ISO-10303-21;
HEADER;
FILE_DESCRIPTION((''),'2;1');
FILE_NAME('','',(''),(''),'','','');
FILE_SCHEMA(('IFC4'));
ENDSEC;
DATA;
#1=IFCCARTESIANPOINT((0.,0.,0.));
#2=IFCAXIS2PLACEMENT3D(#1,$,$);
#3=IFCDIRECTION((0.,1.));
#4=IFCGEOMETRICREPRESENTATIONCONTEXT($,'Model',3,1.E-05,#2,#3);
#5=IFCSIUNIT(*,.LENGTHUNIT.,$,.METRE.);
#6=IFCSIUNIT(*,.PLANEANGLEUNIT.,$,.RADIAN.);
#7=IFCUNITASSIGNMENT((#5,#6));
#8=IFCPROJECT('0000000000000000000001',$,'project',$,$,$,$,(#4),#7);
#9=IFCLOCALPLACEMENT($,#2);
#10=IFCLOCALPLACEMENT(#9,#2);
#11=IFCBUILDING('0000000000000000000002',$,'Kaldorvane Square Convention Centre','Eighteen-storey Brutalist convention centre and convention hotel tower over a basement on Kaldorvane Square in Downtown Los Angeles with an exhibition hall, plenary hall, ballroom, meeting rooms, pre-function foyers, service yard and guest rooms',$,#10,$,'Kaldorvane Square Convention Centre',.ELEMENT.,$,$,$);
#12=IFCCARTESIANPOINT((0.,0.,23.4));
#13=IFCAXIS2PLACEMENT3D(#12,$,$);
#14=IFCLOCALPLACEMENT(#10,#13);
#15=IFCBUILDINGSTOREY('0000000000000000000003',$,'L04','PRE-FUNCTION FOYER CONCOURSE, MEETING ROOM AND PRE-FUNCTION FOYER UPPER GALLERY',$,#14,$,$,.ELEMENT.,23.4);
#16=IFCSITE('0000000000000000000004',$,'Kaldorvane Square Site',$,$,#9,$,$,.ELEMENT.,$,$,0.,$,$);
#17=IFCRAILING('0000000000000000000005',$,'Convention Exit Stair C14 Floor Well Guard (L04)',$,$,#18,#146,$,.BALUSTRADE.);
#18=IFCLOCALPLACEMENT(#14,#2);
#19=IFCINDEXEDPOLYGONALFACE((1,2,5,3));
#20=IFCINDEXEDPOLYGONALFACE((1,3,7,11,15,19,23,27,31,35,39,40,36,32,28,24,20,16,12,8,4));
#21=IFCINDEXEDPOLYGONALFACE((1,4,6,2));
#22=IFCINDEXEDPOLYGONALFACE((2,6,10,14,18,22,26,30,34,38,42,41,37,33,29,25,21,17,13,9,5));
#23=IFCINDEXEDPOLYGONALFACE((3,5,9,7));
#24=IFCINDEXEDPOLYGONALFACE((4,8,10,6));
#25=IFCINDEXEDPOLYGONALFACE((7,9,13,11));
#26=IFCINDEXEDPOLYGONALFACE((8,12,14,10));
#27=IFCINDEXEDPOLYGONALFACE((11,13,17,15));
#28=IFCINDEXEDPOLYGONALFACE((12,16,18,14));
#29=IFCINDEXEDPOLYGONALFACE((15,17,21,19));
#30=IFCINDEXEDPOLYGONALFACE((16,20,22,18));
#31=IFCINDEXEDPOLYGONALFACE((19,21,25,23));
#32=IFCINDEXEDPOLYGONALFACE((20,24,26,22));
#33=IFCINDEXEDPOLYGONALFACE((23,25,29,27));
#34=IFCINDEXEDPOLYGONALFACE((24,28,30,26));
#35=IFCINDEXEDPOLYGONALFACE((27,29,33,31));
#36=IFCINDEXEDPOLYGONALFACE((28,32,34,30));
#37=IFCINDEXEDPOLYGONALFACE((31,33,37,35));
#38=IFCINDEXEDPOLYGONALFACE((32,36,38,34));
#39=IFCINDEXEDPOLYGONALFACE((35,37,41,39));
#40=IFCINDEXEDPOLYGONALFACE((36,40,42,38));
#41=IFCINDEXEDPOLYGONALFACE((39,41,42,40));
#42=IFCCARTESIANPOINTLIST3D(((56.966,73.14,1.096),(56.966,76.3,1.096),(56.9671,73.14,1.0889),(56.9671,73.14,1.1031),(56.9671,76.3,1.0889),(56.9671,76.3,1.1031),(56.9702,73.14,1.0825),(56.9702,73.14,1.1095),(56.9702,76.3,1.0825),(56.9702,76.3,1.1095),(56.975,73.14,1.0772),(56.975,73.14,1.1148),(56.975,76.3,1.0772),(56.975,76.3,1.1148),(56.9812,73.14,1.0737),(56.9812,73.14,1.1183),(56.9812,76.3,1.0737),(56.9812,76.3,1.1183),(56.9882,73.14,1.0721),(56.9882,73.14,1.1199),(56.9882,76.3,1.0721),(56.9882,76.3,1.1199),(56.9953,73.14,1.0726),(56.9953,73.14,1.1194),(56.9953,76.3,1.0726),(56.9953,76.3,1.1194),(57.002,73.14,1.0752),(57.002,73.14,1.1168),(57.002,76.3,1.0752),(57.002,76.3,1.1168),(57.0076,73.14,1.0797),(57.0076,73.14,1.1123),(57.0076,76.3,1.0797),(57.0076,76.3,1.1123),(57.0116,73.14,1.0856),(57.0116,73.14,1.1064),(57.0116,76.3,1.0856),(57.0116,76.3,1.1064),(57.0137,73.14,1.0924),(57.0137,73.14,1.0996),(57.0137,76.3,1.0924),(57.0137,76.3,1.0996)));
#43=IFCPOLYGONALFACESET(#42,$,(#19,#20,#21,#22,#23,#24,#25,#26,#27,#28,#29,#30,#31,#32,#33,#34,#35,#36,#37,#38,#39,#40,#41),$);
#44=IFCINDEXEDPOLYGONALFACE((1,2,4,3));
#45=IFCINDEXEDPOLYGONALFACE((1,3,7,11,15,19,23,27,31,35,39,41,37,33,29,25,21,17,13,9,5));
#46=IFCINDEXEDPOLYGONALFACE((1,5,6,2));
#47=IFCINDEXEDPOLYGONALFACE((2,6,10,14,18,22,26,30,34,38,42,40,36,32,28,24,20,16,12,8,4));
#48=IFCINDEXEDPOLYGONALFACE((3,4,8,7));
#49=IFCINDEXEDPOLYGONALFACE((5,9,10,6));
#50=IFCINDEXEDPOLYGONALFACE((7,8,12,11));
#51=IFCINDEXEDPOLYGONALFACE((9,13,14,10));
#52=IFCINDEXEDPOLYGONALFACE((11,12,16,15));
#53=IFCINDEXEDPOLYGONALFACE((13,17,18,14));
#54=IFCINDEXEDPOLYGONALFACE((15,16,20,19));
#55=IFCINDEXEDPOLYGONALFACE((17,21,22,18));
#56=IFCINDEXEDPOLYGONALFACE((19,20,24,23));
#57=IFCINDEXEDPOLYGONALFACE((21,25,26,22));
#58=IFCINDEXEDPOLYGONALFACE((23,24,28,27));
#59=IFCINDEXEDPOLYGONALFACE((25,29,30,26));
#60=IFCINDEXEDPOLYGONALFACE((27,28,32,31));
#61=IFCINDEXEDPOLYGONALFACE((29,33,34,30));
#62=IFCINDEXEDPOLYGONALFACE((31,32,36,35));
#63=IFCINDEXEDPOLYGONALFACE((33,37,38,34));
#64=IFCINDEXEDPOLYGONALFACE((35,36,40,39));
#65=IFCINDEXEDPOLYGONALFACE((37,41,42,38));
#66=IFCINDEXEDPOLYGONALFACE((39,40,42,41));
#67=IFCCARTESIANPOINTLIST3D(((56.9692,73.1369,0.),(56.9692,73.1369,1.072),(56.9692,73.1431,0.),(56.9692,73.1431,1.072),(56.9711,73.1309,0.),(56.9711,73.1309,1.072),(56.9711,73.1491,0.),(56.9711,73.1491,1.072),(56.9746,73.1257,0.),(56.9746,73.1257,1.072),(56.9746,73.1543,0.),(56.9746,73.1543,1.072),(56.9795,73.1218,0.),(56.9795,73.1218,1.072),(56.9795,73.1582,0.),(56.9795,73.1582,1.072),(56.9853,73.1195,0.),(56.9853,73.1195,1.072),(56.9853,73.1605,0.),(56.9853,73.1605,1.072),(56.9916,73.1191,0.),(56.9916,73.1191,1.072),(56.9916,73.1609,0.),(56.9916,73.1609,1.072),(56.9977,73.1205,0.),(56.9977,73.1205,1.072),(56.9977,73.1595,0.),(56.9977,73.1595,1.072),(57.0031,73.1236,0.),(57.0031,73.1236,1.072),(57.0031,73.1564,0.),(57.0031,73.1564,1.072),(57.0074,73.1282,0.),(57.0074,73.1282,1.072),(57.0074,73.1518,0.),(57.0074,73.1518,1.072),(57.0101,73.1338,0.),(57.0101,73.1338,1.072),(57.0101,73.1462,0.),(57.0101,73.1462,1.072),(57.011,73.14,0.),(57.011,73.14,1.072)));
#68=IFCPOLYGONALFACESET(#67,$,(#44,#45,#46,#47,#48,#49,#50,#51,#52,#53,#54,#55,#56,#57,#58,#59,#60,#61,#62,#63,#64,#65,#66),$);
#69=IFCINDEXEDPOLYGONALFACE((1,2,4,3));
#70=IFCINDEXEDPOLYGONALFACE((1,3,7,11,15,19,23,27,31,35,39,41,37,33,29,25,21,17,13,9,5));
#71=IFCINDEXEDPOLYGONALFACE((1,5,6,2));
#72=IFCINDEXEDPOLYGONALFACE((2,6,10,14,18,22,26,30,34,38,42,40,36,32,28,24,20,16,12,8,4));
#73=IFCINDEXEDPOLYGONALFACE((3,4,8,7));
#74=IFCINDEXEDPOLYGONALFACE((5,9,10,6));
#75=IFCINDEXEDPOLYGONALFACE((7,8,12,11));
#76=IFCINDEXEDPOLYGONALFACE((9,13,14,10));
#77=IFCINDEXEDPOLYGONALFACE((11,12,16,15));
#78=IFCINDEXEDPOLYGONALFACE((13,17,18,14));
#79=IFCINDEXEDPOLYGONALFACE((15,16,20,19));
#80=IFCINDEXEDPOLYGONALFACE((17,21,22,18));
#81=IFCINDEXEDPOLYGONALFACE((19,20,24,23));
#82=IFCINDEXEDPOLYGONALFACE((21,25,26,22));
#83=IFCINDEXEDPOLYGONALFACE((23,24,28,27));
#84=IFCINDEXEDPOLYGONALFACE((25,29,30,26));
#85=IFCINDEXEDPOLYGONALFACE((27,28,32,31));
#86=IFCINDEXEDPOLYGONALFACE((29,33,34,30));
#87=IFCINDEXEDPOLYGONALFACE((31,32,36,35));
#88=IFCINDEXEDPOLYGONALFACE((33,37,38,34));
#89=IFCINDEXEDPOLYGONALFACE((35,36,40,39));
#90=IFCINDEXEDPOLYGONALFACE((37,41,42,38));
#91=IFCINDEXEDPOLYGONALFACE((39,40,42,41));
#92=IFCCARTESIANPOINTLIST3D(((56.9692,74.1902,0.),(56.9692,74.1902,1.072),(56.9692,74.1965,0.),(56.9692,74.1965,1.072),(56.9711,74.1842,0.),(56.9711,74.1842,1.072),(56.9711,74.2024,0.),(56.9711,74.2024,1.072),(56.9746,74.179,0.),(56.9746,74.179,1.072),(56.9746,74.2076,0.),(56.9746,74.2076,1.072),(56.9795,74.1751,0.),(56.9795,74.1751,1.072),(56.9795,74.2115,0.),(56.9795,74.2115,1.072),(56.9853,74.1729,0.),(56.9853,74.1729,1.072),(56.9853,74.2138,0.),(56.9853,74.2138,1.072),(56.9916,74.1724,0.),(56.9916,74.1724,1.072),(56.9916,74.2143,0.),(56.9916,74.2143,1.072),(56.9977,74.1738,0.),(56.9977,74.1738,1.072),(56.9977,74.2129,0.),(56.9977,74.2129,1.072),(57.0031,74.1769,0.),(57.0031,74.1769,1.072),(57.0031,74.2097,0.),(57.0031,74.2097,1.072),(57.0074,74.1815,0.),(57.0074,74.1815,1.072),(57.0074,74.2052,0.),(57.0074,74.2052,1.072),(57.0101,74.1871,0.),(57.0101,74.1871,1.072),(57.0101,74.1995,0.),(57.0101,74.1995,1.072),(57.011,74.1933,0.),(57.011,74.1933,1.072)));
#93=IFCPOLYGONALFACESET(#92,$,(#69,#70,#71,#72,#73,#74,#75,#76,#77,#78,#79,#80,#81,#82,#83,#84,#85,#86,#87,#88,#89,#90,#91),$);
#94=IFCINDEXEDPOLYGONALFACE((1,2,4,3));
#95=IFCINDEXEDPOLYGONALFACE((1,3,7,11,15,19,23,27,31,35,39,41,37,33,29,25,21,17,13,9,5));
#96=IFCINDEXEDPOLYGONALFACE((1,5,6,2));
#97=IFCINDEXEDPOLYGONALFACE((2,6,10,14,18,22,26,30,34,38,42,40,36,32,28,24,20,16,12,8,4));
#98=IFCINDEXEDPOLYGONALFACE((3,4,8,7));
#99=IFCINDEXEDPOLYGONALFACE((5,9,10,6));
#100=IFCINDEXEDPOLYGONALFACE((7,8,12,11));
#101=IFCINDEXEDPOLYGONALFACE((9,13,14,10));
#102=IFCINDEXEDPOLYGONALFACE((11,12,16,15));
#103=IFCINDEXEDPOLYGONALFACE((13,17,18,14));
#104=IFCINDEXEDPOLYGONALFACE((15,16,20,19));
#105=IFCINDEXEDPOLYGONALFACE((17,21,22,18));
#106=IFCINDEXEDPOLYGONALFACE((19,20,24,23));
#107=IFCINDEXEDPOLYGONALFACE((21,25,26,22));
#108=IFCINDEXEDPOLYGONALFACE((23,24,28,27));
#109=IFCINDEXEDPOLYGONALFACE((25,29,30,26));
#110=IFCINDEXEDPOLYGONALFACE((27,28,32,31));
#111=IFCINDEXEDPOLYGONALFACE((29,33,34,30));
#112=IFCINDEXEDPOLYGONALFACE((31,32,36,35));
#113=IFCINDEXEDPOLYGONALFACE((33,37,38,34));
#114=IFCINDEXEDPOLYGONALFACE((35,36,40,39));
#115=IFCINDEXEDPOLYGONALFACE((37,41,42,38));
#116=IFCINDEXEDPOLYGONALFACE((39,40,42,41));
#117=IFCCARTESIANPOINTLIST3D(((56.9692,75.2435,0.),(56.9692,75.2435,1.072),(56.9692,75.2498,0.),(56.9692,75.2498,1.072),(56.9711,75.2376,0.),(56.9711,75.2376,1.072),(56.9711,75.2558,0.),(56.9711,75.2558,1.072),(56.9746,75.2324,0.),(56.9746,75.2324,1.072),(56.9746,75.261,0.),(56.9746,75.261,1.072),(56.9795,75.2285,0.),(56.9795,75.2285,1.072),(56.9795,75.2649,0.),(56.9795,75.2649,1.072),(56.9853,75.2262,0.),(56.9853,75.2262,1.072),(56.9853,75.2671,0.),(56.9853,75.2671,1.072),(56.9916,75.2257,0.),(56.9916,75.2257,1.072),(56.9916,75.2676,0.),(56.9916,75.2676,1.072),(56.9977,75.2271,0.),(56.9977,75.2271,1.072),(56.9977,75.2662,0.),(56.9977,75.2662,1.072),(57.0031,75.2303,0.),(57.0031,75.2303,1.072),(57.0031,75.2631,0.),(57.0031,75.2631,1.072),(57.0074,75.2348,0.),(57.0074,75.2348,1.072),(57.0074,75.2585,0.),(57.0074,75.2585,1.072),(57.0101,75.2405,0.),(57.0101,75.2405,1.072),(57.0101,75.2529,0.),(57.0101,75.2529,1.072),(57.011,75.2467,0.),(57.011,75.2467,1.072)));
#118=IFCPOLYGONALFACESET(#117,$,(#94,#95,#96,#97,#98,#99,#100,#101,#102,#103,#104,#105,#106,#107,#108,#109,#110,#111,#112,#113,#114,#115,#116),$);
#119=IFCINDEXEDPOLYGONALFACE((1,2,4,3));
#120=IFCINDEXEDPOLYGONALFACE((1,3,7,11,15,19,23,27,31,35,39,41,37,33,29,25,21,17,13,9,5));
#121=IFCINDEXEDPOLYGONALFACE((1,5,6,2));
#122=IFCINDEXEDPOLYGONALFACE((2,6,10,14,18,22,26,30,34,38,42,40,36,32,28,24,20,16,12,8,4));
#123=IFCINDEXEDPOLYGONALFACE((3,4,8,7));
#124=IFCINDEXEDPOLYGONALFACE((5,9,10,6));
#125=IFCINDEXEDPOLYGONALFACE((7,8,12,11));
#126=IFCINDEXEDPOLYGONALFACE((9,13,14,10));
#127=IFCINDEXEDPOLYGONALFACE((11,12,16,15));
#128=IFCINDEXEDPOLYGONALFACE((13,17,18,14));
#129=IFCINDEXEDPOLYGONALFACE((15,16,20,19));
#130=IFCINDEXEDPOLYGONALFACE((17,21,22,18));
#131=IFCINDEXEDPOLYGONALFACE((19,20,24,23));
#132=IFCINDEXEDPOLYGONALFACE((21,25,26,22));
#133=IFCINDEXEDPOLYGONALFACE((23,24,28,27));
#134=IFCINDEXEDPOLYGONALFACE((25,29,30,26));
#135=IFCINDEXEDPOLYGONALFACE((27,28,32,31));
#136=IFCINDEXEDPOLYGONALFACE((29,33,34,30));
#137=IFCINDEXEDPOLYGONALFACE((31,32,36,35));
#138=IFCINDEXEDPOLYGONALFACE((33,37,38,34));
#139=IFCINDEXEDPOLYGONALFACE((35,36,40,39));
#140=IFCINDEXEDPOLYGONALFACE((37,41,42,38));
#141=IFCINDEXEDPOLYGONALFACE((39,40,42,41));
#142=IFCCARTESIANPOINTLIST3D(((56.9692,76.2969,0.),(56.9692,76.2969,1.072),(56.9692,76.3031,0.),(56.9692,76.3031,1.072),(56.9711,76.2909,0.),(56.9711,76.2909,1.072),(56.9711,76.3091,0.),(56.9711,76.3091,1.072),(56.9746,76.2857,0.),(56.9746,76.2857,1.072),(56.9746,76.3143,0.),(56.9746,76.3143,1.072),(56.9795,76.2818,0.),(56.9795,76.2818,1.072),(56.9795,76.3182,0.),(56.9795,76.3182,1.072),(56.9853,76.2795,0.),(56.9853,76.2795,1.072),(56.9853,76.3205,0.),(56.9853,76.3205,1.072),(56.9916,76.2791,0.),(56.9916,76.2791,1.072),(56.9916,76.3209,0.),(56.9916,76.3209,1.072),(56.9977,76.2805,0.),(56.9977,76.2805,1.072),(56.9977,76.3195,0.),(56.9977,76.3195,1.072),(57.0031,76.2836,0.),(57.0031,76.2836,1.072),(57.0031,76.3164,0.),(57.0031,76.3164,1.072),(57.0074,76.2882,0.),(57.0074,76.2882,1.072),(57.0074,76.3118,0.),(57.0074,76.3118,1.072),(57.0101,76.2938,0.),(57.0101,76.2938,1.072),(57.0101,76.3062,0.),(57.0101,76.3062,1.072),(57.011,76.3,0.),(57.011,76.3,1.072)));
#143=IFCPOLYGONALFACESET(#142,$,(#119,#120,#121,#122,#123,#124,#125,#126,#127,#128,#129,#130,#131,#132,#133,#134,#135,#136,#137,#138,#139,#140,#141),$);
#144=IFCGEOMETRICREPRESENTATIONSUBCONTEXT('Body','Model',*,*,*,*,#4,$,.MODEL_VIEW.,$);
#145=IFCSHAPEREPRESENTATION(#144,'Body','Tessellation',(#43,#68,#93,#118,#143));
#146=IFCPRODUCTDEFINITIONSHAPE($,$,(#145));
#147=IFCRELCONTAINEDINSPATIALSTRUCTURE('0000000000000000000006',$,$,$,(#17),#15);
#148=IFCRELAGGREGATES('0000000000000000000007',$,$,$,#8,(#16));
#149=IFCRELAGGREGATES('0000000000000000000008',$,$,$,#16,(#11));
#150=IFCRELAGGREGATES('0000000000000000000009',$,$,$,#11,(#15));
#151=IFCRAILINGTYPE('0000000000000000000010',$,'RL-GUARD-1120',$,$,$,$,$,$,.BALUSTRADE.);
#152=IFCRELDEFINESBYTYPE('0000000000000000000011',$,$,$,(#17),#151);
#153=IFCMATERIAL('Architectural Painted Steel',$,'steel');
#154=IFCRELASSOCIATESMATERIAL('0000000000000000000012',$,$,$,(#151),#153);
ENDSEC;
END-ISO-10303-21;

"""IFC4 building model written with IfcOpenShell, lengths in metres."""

from ifc_helpers import new_model, si_unit, direction, frame, origin, origin_2d, place, context, subcontext, project, spatial, circle, extrude, material, type_object, element, save


model = new_model("IFC4")

# Units and contexts
model_context = context("Model", 3, precision=1e-05, world=origin(), true_north=direction((0.0, 1.0)))
body_context = subcontext(model_context, "Body", "Model", "MODEL_VIEW")
ifc_project = project(units=[si_unit("LENGTHUNIT", "METRE"), si_unit("PLANEANGLEUNIT", "RADIAN")], contexts=[model_context])

# Site, building, storey
site_placement = place(None, origin())
site = spatial("IfcSite", under=ifc_project, at=site_placement, Name="Kaldorvane Square Site", CompositionType="ELEMENT", RefElevation=0.0)
building_placement = place(site_placement, origin())
building = spatial("IfcBuilding", under=site, at=building_placement, Name="Kaldorvane Square Convention Centre", Description="Eighteen-storey Brutalist convention centre and convention hotel tower over a basement on Kaldorvane Square in Downtown Los Angeles with an exhibition hall, plenary hall, ballroom, meeting rooms, pre-function foyers, service yard and guest rooms", LongName="Kaldorvane Square Convention Centre", CompositionType="ELEMENT")
storey_placement = place(building_placement, frame((0.0, 0.0, 23.4)))
storey = spatial("IfcBuildingStorey", under=building, at=storey_placement, Name="L04", Description="PRE-FUNCTION FOYER CONCOURSE, MEETING ROOM AND PRE-FUNCTION FOYER UPPER GALLERY", CompositionType="ELEMENT", Elevation=23.4)

# Railing
ifc_material_1 = material(Name="Architectural Painted Steel", Category="steel")
railing_type = type_object("IfcRailingType", Name="RL-GUARD-1120", PredefinedType="BALUSTRADE", material=ifc_material_1)
railing_placement = place(storey_placement, frame((56.99, 73.14, 0.0)))
element("IfcRailing", 1, at=railing_placement, inside=storey, type_object=railing_type, Name="Convention Exit Stair C14 Floor Well Guard (L04)", PredefinedType="BALUSTRADE", context=body_context, shape_type="SweptSolid", body=[
    extrude(circle(Radius=0.024, at=origin_2d()), frame((0.0, 0.0, 1.096), z_axis=(0.0, 1.0, 0.0), x_axis=(-1.0, 0.0, 0.0)), (0.0, 0.0, 1.0), 3.16),
    extrude(circle(Radius=0.021, at=origin_2d()), origin(), (0.0, 0.0, 1.0), 1.072),
    extrude(circle(Radius=0.021, at=origin_2d()), frame((0.0, 1.0533, 0.0)), (0.0, 0.0, 1.0), 1.072),
    extrude(circle(Radius=0.021, at=origin_2d()), frame((0.0, 2.1067, 0.0)), (0.0, 0.0, 1.0), 1.072),
    extrude(circle(Radius=0.021, at=origin_2d()), frame((0.0, 3.16, 0.0)), (0.0, 0.0, 1.0), 1.072),
])

save(model, "model.ifc")
